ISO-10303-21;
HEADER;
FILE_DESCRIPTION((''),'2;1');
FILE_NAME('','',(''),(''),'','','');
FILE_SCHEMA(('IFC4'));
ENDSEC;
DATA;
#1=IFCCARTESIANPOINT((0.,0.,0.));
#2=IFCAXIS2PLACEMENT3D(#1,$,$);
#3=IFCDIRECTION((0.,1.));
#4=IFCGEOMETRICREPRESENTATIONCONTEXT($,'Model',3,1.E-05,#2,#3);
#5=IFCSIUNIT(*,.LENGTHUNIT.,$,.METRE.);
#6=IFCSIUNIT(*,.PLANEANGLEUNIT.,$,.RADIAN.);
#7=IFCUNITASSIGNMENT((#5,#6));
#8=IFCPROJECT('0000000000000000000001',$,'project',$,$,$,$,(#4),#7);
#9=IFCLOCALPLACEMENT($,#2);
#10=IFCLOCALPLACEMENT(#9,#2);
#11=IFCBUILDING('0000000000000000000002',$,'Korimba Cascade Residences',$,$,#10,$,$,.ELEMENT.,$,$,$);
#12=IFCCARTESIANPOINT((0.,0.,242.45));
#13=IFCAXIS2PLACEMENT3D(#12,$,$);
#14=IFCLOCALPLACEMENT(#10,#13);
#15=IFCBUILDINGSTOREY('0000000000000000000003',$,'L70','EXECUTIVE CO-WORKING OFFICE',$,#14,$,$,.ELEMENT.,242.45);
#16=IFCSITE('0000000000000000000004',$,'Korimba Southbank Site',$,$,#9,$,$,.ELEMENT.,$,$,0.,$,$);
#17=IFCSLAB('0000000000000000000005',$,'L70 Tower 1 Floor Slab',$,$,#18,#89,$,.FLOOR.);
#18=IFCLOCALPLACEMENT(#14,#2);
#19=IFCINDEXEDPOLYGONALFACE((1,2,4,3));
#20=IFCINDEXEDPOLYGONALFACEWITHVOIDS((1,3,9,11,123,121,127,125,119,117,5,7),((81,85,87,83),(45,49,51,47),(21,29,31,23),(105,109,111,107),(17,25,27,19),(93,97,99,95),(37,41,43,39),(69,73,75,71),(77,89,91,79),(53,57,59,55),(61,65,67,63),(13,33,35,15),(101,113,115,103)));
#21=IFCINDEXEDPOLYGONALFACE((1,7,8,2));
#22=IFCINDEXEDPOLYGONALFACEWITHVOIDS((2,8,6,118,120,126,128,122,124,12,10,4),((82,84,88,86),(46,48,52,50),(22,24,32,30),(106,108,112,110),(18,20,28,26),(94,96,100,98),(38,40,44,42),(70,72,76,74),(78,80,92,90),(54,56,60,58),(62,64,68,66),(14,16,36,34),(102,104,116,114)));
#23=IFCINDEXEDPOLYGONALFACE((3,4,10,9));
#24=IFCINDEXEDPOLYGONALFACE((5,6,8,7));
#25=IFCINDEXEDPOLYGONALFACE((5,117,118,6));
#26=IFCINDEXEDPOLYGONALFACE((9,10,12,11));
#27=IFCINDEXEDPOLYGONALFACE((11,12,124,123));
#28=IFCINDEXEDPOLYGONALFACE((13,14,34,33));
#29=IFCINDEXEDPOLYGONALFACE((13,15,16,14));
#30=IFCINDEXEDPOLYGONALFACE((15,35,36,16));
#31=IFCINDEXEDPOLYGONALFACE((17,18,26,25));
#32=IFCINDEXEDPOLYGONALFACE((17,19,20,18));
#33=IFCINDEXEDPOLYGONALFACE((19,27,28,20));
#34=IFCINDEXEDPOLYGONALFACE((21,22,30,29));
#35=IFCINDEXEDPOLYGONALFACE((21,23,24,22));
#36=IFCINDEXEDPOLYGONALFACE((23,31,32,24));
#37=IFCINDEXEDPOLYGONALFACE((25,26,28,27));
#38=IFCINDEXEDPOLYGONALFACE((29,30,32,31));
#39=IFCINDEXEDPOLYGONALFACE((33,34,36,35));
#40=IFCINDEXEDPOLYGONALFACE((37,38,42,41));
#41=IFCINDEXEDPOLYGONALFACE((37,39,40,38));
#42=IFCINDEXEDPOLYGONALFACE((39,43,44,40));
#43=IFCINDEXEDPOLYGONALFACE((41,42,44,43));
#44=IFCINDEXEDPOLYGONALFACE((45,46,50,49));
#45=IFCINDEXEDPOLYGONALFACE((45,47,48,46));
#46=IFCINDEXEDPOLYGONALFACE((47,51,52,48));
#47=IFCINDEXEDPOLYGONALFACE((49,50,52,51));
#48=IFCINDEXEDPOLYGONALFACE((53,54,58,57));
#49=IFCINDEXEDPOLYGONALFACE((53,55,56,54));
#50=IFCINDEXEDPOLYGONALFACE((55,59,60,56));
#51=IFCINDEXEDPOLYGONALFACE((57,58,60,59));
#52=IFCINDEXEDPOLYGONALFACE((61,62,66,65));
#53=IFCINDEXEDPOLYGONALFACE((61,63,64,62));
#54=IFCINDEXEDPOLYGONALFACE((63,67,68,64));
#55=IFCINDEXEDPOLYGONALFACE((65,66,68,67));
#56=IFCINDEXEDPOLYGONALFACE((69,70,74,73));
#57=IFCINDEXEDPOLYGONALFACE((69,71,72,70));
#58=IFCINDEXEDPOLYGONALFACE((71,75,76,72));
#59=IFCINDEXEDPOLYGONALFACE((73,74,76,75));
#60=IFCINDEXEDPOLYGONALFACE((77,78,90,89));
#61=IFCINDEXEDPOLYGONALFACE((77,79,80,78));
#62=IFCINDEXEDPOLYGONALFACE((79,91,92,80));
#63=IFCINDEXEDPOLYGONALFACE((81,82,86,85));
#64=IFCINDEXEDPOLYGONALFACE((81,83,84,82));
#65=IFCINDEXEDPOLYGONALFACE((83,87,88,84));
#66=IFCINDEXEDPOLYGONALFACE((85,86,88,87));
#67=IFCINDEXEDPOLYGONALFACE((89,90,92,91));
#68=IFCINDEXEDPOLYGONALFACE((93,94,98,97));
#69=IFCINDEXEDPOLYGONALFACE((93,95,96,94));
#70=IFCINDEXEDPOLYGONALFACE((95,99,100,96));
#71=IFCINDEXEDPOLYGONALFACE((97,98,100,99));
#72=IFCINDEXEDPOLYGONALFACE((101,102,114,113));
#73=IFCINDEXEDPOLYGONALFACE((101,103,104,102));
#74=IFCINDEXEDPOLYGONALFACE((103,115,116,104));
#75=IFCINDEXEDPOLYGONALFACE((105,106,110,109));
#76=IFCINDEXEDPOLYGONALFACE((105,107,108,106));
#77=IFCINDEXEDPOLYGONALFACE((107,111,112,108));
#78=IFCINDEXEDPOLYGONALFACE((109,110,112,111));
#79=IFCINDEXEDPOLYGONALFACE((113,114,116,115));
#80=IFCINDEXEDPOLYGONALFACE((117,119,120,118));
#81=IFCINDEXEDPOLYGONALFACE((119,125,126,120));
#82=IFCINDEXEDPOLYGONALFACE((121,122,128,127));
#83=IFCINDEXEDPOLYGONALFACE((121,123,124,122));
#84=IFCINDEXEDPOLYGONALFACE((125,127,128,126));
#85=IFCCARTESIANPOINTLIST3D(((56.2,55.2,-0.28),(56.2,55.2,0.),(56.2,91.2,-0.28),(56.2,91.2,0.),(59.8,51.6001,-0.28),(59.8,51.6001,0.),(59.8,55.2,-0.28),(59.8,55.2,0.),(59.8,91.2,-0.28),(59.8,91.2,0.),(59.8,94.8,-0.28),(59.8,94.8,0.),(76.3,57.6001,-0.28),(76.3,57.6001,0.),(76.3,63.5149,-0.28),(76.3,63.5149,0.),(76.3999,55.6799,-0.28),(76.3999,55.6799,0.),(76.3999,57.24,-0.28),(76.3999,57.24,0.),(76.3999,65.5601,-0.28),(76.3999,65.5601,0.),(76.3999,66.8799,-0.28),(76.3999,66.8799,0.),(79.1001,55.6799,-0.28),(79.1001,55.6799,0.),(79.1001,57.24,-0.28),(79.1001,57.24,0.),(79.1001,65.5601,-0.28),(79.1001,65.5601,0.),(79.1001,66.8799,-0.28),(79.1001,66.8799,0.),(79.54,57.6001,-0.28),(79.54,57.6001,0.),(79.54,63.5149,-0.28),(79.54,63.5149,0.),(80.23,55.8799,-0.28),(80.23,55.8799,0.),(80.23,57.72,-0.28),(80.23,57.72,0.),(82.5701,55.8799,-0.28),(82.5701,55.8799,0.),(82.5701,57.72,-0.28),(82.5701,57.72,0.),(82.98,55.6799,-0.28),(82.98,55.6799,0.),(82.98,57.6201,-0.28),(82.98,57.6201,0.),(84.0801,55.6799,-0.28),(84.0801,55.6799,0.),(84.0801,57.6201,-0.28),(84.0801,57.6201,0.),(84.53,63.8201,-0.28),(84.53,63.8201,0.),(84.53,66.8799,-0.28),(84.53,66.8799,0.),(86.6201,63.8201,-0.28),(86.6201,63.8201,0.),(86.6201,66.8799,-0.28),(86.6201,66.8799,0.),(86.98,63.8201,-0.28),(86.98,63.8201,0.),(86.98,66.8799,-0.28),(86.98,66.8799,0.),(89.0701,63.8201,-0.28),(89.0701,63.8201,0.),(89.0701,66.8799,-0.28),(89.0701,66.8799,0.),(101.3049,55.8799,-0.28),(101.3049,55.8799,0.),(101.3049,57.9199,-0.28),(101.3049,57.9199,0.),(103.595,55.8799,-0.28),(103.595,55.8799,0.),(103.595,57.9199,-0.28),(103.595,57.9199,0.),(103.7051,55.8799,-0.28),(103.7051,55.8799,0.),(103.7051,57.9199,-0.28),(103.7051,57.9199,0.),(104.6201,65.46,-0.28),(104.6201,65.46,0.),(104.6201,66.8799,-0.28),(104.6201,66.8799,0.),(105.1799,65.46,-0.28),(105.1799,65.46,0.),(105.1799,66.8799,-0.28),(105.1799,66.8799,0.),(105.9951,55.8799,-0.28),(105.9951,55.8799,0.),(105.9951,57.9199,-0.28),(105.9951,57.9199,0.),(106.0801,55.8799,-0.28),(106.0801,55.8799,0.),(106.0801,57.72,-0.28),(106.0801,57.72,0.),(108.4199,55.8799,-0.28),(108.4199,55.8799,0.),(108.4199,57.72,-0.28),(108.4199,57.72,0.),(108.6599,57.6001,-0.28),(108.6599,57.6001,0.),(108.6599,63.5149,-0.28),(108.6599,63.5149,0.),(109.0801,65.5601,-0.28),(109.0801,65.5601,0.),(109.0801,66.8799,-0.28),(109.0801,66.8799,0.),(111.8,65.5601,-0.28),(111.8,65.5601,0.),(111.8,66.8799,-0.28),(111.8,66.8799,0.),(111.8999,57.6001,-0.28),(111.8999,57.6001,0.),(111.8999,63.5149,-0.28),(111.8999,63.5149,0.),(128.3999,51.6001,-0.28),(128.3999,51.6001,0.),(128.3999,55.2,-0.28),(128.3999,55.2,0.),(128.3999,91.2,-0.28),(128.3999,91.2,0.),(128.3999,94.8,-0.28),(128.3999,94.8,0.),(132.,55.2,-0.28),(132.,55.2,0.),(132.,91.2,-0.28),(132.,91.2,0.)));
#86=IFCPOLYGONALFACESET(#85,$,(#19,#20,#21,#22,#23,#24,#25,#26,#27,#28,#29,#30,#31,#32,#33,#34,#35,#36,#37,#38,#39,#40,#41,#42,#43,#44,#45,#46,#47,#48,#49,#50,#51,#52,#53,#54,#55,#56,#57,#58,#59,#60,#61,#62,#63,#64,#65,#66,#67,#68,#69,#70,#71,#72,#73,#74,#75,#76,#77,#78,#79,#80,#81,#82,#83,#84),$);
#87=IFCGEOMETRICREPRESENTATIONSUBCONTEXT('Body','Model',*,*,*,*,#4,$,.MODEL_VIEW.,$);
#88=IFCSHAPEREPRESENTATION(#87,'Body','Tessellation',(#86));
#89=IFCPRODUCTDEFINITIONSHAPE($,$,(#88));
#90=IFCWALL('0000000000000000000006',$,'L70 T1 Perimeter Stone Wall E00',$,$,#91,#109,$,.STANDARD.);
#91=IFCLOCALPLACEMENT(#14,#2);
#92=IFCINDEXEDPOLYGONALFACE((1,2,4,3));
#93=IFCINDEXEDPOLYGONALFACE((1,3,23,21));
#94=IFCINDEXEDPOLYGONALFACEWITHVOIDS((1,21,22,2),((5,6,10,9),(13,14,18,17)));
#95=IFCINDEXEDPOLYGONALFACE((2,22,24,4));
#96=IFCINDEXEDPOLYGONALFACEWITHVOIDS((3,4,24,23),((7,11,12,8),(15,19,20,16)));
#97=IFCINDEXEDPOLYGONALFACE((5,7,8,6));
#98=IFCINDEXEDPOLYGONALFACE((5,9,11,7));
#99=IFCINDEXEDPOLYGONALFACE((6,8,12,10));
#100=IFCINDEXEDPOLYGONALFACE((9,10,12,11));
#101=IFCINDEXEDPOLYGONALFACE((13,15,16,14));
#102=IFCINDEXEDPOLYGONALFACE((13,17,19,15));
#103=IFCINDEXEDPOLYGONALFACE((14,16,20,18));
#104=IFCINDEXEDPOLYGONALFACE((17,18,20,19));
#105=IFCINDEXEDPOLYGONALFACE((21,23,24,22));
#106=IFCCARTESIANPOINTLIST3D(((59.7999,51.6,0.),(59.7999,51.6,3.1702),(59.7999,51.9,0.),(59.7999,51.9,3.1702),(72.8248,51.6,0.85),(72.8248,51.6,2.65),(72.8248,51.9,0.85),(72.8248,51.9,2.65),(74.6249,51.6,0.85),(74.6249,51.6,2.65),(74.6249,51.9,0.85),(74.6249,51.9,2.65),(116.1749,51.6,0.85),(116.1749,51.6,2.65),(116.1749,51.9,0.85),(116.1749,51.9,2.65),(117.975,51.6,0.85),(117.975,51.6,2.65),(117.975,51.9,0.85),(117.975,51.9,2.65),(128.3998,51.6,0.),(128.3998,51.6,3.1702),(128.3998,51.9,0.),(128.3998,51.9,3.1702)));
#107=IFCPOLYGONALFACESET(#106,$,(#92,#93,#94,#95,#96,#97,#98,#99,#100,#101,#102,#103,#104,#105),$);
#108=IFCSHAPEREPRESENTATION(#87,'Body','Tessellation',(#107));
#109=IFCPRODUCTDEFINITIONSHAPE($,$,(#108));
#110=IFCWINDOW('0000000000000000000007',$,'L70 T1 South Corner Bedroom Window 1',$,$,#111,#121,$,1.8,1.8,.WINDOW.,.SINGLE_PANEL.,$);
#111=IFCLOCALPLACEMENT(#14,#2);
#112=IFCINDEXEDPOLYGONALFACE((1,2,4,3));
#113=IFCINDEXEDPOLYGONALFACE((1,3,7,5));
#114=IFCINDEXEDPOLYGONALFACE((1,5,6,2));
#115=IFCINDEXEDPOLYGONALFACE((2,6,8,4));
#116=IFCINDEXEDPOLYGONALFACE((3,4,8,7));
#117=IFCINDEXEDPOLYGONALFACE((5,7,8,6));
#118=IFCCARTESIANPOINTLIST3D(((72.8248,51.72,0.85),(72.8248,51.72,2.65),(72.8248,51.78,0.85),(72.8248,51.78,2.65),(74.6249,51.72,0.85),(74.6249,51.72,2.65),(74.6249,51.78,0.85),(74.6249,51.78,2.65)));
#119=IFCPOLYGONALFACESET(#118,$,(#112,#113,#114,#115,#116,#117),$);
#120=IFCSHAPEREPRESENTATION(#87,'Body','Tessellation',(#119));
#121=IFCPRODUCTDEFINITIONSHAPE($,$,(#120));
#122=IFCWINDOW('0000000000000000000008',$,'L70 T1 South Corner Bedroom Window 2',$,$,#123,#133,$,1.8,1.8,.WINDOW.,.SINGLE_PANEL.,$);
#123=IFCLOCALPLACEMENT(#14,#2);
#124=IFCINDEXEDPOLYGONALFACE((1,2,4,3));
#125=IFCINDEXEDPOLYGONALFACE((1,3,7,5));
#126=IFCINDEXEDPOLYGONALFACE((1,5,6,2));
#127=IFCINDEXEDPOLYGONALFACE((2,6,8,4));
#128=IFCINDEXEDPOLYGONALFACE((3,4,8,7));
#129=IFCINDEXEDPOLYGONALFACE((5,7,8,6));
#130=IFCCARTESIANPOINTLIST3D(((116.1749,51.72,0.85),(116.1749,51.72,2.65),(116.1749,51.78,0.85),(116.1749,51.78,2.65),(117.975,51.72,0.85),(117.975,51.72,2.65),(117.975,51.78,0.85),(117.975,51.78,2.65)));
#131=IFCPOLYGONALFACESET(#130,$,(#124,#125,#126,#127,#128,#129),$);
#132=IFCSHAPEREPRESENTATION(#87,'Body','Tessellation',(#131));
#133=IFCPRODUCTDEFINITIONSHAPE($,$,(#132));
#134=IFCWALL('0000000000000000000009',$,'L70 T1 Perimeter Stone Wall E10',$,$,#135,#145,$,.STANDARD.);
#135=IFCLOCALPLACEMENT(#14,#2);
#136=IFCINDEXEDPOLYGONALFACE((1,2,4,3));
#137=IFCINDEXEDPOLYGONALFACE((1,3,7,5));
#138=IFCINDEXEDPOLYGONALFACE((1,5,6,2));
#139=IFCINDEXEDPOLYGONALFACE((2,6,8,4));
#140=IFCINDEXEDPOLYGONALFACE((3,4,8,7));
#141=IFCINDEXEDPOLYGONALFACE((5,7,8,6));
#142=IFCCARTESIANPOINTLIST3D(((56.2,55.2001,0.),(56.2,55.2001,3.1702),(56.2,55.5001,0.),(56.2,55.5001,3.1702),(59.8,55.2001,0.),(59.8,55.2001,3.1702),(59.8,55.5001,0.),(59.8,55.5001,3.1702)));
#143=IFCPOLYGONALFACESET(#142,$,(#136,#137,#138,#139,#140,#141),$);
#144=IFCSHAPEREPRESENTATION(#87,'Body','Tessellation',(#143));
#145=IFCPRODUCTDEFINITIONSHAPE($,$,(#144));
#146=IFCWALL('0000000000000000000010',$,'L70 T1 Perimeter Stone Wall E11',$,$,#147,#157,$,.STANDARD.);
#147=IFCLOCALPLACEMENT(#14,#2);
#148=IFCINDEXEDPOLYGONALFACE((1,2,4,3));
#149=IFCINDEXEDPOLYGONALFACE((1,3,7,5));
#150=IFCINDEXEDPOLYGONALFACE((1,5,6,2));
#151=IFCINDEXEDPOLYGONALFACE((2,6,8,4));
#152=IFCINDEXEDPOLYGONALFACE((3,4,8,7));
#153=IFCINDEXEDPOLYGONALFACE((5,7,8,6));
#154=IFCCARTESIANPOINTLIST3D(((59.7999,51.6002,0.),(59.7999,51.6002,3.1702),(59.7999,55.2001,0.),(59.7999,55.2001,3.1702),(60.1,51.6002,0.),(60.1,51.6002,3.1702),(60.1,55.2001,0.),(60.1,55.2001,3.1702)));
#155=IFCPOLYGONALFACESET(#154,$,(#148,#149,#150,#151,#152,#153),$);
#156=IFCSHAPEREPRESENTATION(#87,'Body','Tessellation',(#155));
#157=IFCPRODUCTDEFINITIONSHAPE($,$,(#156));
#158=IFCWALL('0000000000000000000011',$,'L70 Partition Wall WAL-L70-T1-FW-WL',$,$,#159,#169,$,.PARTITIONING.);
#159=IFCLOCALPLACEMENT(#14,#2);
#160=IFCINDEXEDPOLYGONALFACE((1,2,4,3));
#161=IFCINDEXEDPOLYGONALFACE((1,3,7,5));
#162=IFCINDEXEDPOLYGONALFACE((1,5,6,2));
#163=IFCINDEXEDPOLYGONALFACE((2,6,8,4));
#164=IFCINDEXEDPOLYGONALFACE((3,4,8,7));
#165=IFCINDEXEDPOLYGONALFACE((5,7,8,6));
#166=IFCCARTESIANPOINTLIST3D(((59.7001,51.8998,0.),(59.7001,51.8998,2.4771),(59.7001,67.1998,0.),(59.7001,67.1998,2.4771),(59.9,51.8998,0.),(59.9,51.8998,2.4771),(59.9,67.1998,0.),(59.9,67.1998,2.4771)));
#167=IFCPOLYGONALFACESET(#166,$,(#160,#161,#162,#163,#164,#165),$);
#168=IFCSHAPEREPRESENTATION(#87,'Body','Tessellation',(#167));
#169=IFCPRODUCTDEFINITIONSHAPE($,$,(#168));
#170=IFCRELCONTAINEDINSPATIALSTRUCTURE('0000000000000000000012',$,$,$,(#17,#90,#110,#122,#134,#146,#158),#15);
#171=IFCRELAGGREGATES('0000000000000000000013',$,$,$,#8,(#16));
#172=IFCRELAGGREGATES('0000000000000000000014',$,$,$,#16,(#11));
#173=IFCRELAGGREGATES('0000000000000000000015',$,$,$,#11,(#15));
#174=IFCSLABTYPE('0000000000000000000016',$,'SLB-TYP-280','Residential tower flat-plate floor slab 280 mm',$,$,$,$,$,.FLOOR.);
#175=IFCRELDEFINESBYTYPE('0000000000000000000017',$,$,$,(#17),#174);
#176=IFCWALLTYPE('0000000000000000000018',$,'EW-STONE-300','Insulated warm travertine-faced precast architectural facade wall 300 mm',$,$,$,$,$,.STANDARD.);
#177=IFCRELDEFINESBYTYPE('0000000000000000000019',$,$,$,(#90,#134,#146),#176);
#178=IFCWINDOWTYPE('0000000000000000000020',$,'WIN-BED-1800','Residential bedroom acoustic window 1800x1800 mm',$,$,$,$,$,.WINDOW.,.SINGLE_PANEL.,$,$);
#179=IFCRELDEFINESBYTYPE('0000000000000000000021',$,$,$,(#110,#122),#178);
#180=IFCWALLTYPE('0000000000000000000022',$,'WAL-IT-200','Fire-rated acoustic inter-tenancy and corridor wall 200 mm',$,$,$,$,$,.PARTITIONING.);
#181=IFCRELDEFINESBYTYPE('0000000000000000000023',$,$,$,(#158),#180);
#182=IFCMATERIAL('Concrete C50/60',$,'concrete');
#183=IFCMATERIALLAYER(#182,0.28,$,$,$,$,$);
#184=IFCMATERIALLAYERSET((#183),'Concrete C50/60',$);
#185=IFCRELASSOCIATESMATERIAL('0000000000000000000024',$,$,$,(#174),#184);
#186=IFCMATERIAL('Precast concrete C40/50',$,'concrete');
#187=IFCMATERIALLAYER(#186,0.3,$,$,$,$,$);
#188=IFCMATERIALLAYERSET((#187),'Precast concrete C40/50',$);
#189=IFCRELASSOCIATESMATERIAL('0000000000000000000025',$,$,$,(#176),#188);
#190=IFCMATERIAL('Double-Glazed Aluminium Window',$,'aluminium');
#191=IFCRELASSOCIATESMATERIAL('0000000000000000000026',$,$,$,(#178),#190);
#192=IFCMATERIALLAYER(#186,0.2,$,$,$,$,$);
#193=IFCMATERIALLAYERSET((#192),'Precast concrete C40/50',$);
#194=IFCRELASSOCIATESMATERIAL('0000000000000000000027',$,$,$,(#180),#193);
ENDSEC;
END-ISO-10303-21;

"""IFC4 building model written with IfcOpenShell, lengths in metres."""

from ifc_helpers import new_model, si_unit, direction, frame, frame_2d, origin, place, context, subcontext, project, spatial, polyline, rectangle, outline, extrude, material, layer, layer_set, type_object, element, fill, save


model = new_model("IFC4")

# Units and contexts
model_context = context("Model", 3, precision=1e-05, world=origin(), true_north=direction((0.0, 1.0)))
body_context = subcontext(model_context, "Body", "Model", "MODEL_VIEW")
ifc_project = project(units=[si_unit("LENGTHUNIT", "METRE"), si_unit("PLANEANGLEUNIT", "RADIAN")], contexts=[model_context])

# Site, building, storey
site_placement = place(None, origin())
site = spatial("IfcSite", under=ifc_project, at=site_placement, Name="Korimba Southbank Site", CompositionType="ELEMENT", RefElevation=0.0)
building_placement = place(site_placement, origin())
building = spatial("IfcBuilding", under=site, at=building_placement, Name="Korimba Cascade Residences", CompositionType="ELEMENT")
storey_placement = place(building_placement, frame((0.0, 0.0, 242.45)))
storey = spatial("IfcBuildingStorey", under=building, at=storey_placement, Name="L70", Description="EXECUTIVE CO-WORKING OFFICE", CompositionType="ELEMENT", Elevation=242.45)

# Shared definitions
ifc_material_1 = material(Name="Concrete C50/60", Category="concrete")

# Slab
ifc_material_2 = material(Name="Precast concrete C40/50", Category="concrete")
ifc_layer_1 = layer(ifc_material_1, 0.28)
ifc_layer_set_1 = layer_set([ifc_layer_1], Name="Concrete C50/60")
slab_type_1 = type_object("IfcSlabType", Name="SLB-TYP-280", Description="Residential tower flat-plate floor slab 280 mm", PredefinedType="FLOOR", material=ifc_layer_set_1)
slab_1_placement = place(storey_placement, frame((0.0, 0.0, -0.28)))
element("IfcSlab", 1, at=slab_1_placement, inside=storey, type_object=slab_type_1, Name="L70 Tower 1 Floor Slab", PredefinedType="FLOOR", context=body_context, shape_type="SweptSolid", body=[
    extrude(outline(polyline([(59.8, 51.6001), (128.3999, 51.6001), (128.3999, 55.2), (132.0, 55.2), (132.0, 91.2), (128.3999, 91.2), (128.3999, 94.8), (59.8, 94.8), (59.8, 91.2), (56.2, 91.2), (56.2, 55.2), (59.8, 55.2), (59.8, 51.6001)]), holes=[polyline([(76.3, 63.5149), (76.3, 57.6001), (79.54, 57.6001), (79.54, 63.5149), (76.3, 63.5149)]), polyline([(108.6599, 63.5149), (108.6599, 57.6001), (111.8999, 57.6001), (111.8999, 63.5149), (108.6599, 63.5149)]), polyline([(80.23, 55.8799), (82.5701, 55.8799), (82.5701, 57.72), (80.23, 57.72), (80.23, 55.8799)]), polyline([(106.0801, 55.8799), (108.4199, 55.8799), (108.4199, 57.72), (106.0801, 57.72), (106.0801, 55.8799)]), polyline([(101.3049, 55.8799), (103.595, 55.8799), (103.595, 57.9199), (101.3049, 57.9199), (101.3049, 55.8799)]), polyline([(103.7051, 55.8799), (105.9951, 55.8799), (105.9951, 57.9199), (103.7051, 57.9199), (103.7051, 55.8799)]), polyline([(82.98, 55.6799), (84.0801, 55.6799), (84.0801, 57.6201), (82.98, 57.6201), (82.98, 55.6799)]), polyline([(76.3999, 65.5601), (79.1001, 65.5601), (79.1001, 66.8799), (76.3999, 66.8799), (76.3999, 65.5601)]), polyline([(76.3999, 55.6799), (79.1001, 55.6799), (79.1001, 57.24), (76.3999, 57.24), (76.3999, 55.6799)]), polyline([(84.53, 63.8201), (86.6201, 63.8201), (86.6201, 66.8799), (84.53, 66.8799), (84.53, 63.8201)]), polyline([(86.98, 63.8201), (89.0701, 63.8201), (89.0701, 66.8799), (86.98, 66.8799), (86.98, 63.8201)]), polyline([(104.6201, 65.46), (105.1799, 65.46), (105.1799, 66.8799), (104.6201, 66.8799), (104.6201, 65.46)]), polyline([(109.0801, 65.5601), (111.8, 65.5601), (111.8, 66.8799), (109.0801, 66.8799), (109.0801, 65.5601)])]), origin(), (0.0, 0.0, 1.0), 0.28),
])

# Wall, openings, windows
ifc_layer_2 = layer(ifc_material_2, 0.3)
ifc_layer_set_2 = layer_set([ifc_layer_2], Name="Precast concrete C40/50")
wall_type_1 = type_object("IfcWallType", Name="EW-STONE-300", Description="Insulated warm travertine-faced precast architectural facade wall 300 mm", PredefinedType="STANDARD", material=ifc_layer_set_2)
wall_1_placement = place(storey_placement, frame((59.8, 51.75, 0.0), z_axis=(0.0, 0.0, 1.0), x_axis=(1.0, 0.0, 0.0)))
wall_1 = element("IfcWall", 2, at=wall_1_placement, inside=storey, type_object=wall_type_1, Name="L70 T1 Perimeter Stone Wall E00", PredefinedType="STANDARD", context=body_context, shape_type="SweptSolid", body=[
    extrude(rectangle(XDim=68.5999, YDim=0.3, at=frame_2d((34.2998, 0.0))), origin(), (0.0, 0.0, 1.0), 3.1702),
])
opening_1_placement = place(wall_1_placement, frame((13.0249, 0.0, 0.8501)))
opening_1 = element("IfcOpeningElement", 3, at=opening_1_placement, cuts=wall_1, PredefinedType="OPENING", context=body_context, shape_type="SweptSolid", body=[
    extrude(rectangle(XDim=1.8, YDim=1.8, at=frame_2d((0.8999, 0.8999))), frame((0.0, 0.1602, 0.0), z_axis=(0.0, -1.0, 0.0), x_axis=(1.0, 0.0, 0.0)), (0.0, 0.0, 1.0), 0.3201),
])
opening_2_placement = place(wall_1_placement, frame((56.375, 0.0, 0.8501)))
opening_2 = element("IfcOpeningElement", 4, at=opening_2_placement, cuts=wall_1, PredefinedType="OPENING", context=body_context, shape_type="SweptSolid", body=[
    extrude(rectangle(XDim=1.8, YDim=1.8, at=frame_2d((0.8999, 0.8999))), frame((0.0, 0.1602, 0.0), z_axis=(0.0, -1.0, 0.0), x_axis=(1.0, 0.0, 0.0)), (0.0, 0.0, 1.0), 0.3201),
])
ifc_material_3 = material(Name="Double-Glazed Aluminium Window", Category="aluminium")
window_type = type_object("IfcWindowType", Name="WIN-BED-1800", Description="Residential bedroom acoustic window 1800x1800 mm", PartitioningType="SINGLE_PANEL", PredefinedType="WINDOW", material=ifc_material_3)
window_1_placement = place(opening_1_placement, origin())
window_1 = element("IfcWindow", 5, at=window_1_placement, inside=storey, type_object=window_type, Name="L70 T1 South Corner Bedroom Window 1", OverallHeight=1.8, OverallWidth=1.8, PartitioningType="SINGLE_PANEL", PredefinedType="WINDOW", context=body_context, shape_type="SweptSolid", body=[
    extrude(rectangle(XDim=1.8, YDim=1.8, at=frame_2d((0.8999, 0.8999))), frame((0.0, 0.03, 0.0), z_axis=(0.0, -1.0, 0.0), x_axis=(1.0, 0.0, 0.0)), (0.0, 0.0, 1.0), 0.0601),
])
fill(opening_1, window_1)
window_2_placement = place(opening_2_placement, origin())
window_2 = element("IfcWindow", 6, at=window_2_placement, inside=storey, type_object=window_type, Name="L70 T1 South Corner Bedroom Window 2", OverallHeight=1.8, OverallWidth=1.8, PartitioningType="SINGLE_PANEL", PredefinedType="WINDOW", context=body_context, shape_type="SweptSolid", body=[
    extrude(rectangle(XDim=1.8, YDim=1.8, at=frame_2d((0.8999, 0.8999))), frame((0.0, 0.03, 0.0), z_axis=(0.0, -1.0, 0.0), x_axis=(1.0, 0.0, 0.0)), (0.0, 0.0, 1.0), 0.0601),
])
fill(opening_2, window_2)

# Walls
wall_2_placement = place(storey_placement, frame((56.2, 55.3501, 0.0), z_axis=(0.0, 0.0, 1.0), x_axis=(1.0, 0.0, 0.0)))
element("IfcWall", 7, at=wall_2_placement, inside=storey, type_object=wall_type_1, Name="L70 T1 Perimeter Stone Wall E10", PredefinedType="STANDARD", context=body_context, shape_type="SweptSolid", body=[
    extrude(rectangle(XDim=3.6001, YDim=0.3, at=frame_2d((1.8, 0.0))), origin(), (0.0, 0.0, 1.0), 3.1702),
])
wall_3_placement = place(storey_placement, frame((59.95, 55.2, 0.0), z_axis=(0.0, 0.0, 1.0), x_axis=(0.0, -1.0, 0.0)))
element("IfcWall", 8, at=wall_3_placement, inside=storey, type_object=wall_type_1, Name="L70 T1 Perimeter Stone Wall E11", PredefinedType="STANDARD", context=body_context, shape_type="SweptSolid", body=[
    extrude(rectangle(XDim=3.5999, YDim=0.3, at=frame_2d((1.7998, 0.0))), origin(), (0.0, 0.0, 1.0), 3.1702),
])
ifc_layer_3 = layer(ifc_material_2, 0.2)
ifc_layer_set_3 = layer_set([ifc_layer_3], Name="Precast concrete C40/50")
wall_type_2 = type_object("IfcWallType", Name="WAL-IT-200", Description="Fire-rated acoustic inter-tenancy and corridor wall 200 mm", PredefinedType="PARTITIONING", material=ifc_layer_set_3)
wall_4_placement = place(storey_placement, frame((59.8, 51.8999, 0.0), z_axis=(0.0, 0.0, 1.0), x_axis=(0.0, 1.0, 0.0)))
element("IfcWall", 9, at=wall_4_placement, inside=storey, type_object=wall_type_2, Name="L70 Partition Wall WAL-L70-T1-FW-WL", PredefinedType="PARTITIONING", context=body_context, shape_type="SweptSolid", body=[
    extrude(rectangle(XDim=15.3, YDim=0.2, at=frame_2d((7.6499, 0.0))), origin(), (0.0, 0.0, 1.0), 2.4771),
])

save(model, "model.ifc")
